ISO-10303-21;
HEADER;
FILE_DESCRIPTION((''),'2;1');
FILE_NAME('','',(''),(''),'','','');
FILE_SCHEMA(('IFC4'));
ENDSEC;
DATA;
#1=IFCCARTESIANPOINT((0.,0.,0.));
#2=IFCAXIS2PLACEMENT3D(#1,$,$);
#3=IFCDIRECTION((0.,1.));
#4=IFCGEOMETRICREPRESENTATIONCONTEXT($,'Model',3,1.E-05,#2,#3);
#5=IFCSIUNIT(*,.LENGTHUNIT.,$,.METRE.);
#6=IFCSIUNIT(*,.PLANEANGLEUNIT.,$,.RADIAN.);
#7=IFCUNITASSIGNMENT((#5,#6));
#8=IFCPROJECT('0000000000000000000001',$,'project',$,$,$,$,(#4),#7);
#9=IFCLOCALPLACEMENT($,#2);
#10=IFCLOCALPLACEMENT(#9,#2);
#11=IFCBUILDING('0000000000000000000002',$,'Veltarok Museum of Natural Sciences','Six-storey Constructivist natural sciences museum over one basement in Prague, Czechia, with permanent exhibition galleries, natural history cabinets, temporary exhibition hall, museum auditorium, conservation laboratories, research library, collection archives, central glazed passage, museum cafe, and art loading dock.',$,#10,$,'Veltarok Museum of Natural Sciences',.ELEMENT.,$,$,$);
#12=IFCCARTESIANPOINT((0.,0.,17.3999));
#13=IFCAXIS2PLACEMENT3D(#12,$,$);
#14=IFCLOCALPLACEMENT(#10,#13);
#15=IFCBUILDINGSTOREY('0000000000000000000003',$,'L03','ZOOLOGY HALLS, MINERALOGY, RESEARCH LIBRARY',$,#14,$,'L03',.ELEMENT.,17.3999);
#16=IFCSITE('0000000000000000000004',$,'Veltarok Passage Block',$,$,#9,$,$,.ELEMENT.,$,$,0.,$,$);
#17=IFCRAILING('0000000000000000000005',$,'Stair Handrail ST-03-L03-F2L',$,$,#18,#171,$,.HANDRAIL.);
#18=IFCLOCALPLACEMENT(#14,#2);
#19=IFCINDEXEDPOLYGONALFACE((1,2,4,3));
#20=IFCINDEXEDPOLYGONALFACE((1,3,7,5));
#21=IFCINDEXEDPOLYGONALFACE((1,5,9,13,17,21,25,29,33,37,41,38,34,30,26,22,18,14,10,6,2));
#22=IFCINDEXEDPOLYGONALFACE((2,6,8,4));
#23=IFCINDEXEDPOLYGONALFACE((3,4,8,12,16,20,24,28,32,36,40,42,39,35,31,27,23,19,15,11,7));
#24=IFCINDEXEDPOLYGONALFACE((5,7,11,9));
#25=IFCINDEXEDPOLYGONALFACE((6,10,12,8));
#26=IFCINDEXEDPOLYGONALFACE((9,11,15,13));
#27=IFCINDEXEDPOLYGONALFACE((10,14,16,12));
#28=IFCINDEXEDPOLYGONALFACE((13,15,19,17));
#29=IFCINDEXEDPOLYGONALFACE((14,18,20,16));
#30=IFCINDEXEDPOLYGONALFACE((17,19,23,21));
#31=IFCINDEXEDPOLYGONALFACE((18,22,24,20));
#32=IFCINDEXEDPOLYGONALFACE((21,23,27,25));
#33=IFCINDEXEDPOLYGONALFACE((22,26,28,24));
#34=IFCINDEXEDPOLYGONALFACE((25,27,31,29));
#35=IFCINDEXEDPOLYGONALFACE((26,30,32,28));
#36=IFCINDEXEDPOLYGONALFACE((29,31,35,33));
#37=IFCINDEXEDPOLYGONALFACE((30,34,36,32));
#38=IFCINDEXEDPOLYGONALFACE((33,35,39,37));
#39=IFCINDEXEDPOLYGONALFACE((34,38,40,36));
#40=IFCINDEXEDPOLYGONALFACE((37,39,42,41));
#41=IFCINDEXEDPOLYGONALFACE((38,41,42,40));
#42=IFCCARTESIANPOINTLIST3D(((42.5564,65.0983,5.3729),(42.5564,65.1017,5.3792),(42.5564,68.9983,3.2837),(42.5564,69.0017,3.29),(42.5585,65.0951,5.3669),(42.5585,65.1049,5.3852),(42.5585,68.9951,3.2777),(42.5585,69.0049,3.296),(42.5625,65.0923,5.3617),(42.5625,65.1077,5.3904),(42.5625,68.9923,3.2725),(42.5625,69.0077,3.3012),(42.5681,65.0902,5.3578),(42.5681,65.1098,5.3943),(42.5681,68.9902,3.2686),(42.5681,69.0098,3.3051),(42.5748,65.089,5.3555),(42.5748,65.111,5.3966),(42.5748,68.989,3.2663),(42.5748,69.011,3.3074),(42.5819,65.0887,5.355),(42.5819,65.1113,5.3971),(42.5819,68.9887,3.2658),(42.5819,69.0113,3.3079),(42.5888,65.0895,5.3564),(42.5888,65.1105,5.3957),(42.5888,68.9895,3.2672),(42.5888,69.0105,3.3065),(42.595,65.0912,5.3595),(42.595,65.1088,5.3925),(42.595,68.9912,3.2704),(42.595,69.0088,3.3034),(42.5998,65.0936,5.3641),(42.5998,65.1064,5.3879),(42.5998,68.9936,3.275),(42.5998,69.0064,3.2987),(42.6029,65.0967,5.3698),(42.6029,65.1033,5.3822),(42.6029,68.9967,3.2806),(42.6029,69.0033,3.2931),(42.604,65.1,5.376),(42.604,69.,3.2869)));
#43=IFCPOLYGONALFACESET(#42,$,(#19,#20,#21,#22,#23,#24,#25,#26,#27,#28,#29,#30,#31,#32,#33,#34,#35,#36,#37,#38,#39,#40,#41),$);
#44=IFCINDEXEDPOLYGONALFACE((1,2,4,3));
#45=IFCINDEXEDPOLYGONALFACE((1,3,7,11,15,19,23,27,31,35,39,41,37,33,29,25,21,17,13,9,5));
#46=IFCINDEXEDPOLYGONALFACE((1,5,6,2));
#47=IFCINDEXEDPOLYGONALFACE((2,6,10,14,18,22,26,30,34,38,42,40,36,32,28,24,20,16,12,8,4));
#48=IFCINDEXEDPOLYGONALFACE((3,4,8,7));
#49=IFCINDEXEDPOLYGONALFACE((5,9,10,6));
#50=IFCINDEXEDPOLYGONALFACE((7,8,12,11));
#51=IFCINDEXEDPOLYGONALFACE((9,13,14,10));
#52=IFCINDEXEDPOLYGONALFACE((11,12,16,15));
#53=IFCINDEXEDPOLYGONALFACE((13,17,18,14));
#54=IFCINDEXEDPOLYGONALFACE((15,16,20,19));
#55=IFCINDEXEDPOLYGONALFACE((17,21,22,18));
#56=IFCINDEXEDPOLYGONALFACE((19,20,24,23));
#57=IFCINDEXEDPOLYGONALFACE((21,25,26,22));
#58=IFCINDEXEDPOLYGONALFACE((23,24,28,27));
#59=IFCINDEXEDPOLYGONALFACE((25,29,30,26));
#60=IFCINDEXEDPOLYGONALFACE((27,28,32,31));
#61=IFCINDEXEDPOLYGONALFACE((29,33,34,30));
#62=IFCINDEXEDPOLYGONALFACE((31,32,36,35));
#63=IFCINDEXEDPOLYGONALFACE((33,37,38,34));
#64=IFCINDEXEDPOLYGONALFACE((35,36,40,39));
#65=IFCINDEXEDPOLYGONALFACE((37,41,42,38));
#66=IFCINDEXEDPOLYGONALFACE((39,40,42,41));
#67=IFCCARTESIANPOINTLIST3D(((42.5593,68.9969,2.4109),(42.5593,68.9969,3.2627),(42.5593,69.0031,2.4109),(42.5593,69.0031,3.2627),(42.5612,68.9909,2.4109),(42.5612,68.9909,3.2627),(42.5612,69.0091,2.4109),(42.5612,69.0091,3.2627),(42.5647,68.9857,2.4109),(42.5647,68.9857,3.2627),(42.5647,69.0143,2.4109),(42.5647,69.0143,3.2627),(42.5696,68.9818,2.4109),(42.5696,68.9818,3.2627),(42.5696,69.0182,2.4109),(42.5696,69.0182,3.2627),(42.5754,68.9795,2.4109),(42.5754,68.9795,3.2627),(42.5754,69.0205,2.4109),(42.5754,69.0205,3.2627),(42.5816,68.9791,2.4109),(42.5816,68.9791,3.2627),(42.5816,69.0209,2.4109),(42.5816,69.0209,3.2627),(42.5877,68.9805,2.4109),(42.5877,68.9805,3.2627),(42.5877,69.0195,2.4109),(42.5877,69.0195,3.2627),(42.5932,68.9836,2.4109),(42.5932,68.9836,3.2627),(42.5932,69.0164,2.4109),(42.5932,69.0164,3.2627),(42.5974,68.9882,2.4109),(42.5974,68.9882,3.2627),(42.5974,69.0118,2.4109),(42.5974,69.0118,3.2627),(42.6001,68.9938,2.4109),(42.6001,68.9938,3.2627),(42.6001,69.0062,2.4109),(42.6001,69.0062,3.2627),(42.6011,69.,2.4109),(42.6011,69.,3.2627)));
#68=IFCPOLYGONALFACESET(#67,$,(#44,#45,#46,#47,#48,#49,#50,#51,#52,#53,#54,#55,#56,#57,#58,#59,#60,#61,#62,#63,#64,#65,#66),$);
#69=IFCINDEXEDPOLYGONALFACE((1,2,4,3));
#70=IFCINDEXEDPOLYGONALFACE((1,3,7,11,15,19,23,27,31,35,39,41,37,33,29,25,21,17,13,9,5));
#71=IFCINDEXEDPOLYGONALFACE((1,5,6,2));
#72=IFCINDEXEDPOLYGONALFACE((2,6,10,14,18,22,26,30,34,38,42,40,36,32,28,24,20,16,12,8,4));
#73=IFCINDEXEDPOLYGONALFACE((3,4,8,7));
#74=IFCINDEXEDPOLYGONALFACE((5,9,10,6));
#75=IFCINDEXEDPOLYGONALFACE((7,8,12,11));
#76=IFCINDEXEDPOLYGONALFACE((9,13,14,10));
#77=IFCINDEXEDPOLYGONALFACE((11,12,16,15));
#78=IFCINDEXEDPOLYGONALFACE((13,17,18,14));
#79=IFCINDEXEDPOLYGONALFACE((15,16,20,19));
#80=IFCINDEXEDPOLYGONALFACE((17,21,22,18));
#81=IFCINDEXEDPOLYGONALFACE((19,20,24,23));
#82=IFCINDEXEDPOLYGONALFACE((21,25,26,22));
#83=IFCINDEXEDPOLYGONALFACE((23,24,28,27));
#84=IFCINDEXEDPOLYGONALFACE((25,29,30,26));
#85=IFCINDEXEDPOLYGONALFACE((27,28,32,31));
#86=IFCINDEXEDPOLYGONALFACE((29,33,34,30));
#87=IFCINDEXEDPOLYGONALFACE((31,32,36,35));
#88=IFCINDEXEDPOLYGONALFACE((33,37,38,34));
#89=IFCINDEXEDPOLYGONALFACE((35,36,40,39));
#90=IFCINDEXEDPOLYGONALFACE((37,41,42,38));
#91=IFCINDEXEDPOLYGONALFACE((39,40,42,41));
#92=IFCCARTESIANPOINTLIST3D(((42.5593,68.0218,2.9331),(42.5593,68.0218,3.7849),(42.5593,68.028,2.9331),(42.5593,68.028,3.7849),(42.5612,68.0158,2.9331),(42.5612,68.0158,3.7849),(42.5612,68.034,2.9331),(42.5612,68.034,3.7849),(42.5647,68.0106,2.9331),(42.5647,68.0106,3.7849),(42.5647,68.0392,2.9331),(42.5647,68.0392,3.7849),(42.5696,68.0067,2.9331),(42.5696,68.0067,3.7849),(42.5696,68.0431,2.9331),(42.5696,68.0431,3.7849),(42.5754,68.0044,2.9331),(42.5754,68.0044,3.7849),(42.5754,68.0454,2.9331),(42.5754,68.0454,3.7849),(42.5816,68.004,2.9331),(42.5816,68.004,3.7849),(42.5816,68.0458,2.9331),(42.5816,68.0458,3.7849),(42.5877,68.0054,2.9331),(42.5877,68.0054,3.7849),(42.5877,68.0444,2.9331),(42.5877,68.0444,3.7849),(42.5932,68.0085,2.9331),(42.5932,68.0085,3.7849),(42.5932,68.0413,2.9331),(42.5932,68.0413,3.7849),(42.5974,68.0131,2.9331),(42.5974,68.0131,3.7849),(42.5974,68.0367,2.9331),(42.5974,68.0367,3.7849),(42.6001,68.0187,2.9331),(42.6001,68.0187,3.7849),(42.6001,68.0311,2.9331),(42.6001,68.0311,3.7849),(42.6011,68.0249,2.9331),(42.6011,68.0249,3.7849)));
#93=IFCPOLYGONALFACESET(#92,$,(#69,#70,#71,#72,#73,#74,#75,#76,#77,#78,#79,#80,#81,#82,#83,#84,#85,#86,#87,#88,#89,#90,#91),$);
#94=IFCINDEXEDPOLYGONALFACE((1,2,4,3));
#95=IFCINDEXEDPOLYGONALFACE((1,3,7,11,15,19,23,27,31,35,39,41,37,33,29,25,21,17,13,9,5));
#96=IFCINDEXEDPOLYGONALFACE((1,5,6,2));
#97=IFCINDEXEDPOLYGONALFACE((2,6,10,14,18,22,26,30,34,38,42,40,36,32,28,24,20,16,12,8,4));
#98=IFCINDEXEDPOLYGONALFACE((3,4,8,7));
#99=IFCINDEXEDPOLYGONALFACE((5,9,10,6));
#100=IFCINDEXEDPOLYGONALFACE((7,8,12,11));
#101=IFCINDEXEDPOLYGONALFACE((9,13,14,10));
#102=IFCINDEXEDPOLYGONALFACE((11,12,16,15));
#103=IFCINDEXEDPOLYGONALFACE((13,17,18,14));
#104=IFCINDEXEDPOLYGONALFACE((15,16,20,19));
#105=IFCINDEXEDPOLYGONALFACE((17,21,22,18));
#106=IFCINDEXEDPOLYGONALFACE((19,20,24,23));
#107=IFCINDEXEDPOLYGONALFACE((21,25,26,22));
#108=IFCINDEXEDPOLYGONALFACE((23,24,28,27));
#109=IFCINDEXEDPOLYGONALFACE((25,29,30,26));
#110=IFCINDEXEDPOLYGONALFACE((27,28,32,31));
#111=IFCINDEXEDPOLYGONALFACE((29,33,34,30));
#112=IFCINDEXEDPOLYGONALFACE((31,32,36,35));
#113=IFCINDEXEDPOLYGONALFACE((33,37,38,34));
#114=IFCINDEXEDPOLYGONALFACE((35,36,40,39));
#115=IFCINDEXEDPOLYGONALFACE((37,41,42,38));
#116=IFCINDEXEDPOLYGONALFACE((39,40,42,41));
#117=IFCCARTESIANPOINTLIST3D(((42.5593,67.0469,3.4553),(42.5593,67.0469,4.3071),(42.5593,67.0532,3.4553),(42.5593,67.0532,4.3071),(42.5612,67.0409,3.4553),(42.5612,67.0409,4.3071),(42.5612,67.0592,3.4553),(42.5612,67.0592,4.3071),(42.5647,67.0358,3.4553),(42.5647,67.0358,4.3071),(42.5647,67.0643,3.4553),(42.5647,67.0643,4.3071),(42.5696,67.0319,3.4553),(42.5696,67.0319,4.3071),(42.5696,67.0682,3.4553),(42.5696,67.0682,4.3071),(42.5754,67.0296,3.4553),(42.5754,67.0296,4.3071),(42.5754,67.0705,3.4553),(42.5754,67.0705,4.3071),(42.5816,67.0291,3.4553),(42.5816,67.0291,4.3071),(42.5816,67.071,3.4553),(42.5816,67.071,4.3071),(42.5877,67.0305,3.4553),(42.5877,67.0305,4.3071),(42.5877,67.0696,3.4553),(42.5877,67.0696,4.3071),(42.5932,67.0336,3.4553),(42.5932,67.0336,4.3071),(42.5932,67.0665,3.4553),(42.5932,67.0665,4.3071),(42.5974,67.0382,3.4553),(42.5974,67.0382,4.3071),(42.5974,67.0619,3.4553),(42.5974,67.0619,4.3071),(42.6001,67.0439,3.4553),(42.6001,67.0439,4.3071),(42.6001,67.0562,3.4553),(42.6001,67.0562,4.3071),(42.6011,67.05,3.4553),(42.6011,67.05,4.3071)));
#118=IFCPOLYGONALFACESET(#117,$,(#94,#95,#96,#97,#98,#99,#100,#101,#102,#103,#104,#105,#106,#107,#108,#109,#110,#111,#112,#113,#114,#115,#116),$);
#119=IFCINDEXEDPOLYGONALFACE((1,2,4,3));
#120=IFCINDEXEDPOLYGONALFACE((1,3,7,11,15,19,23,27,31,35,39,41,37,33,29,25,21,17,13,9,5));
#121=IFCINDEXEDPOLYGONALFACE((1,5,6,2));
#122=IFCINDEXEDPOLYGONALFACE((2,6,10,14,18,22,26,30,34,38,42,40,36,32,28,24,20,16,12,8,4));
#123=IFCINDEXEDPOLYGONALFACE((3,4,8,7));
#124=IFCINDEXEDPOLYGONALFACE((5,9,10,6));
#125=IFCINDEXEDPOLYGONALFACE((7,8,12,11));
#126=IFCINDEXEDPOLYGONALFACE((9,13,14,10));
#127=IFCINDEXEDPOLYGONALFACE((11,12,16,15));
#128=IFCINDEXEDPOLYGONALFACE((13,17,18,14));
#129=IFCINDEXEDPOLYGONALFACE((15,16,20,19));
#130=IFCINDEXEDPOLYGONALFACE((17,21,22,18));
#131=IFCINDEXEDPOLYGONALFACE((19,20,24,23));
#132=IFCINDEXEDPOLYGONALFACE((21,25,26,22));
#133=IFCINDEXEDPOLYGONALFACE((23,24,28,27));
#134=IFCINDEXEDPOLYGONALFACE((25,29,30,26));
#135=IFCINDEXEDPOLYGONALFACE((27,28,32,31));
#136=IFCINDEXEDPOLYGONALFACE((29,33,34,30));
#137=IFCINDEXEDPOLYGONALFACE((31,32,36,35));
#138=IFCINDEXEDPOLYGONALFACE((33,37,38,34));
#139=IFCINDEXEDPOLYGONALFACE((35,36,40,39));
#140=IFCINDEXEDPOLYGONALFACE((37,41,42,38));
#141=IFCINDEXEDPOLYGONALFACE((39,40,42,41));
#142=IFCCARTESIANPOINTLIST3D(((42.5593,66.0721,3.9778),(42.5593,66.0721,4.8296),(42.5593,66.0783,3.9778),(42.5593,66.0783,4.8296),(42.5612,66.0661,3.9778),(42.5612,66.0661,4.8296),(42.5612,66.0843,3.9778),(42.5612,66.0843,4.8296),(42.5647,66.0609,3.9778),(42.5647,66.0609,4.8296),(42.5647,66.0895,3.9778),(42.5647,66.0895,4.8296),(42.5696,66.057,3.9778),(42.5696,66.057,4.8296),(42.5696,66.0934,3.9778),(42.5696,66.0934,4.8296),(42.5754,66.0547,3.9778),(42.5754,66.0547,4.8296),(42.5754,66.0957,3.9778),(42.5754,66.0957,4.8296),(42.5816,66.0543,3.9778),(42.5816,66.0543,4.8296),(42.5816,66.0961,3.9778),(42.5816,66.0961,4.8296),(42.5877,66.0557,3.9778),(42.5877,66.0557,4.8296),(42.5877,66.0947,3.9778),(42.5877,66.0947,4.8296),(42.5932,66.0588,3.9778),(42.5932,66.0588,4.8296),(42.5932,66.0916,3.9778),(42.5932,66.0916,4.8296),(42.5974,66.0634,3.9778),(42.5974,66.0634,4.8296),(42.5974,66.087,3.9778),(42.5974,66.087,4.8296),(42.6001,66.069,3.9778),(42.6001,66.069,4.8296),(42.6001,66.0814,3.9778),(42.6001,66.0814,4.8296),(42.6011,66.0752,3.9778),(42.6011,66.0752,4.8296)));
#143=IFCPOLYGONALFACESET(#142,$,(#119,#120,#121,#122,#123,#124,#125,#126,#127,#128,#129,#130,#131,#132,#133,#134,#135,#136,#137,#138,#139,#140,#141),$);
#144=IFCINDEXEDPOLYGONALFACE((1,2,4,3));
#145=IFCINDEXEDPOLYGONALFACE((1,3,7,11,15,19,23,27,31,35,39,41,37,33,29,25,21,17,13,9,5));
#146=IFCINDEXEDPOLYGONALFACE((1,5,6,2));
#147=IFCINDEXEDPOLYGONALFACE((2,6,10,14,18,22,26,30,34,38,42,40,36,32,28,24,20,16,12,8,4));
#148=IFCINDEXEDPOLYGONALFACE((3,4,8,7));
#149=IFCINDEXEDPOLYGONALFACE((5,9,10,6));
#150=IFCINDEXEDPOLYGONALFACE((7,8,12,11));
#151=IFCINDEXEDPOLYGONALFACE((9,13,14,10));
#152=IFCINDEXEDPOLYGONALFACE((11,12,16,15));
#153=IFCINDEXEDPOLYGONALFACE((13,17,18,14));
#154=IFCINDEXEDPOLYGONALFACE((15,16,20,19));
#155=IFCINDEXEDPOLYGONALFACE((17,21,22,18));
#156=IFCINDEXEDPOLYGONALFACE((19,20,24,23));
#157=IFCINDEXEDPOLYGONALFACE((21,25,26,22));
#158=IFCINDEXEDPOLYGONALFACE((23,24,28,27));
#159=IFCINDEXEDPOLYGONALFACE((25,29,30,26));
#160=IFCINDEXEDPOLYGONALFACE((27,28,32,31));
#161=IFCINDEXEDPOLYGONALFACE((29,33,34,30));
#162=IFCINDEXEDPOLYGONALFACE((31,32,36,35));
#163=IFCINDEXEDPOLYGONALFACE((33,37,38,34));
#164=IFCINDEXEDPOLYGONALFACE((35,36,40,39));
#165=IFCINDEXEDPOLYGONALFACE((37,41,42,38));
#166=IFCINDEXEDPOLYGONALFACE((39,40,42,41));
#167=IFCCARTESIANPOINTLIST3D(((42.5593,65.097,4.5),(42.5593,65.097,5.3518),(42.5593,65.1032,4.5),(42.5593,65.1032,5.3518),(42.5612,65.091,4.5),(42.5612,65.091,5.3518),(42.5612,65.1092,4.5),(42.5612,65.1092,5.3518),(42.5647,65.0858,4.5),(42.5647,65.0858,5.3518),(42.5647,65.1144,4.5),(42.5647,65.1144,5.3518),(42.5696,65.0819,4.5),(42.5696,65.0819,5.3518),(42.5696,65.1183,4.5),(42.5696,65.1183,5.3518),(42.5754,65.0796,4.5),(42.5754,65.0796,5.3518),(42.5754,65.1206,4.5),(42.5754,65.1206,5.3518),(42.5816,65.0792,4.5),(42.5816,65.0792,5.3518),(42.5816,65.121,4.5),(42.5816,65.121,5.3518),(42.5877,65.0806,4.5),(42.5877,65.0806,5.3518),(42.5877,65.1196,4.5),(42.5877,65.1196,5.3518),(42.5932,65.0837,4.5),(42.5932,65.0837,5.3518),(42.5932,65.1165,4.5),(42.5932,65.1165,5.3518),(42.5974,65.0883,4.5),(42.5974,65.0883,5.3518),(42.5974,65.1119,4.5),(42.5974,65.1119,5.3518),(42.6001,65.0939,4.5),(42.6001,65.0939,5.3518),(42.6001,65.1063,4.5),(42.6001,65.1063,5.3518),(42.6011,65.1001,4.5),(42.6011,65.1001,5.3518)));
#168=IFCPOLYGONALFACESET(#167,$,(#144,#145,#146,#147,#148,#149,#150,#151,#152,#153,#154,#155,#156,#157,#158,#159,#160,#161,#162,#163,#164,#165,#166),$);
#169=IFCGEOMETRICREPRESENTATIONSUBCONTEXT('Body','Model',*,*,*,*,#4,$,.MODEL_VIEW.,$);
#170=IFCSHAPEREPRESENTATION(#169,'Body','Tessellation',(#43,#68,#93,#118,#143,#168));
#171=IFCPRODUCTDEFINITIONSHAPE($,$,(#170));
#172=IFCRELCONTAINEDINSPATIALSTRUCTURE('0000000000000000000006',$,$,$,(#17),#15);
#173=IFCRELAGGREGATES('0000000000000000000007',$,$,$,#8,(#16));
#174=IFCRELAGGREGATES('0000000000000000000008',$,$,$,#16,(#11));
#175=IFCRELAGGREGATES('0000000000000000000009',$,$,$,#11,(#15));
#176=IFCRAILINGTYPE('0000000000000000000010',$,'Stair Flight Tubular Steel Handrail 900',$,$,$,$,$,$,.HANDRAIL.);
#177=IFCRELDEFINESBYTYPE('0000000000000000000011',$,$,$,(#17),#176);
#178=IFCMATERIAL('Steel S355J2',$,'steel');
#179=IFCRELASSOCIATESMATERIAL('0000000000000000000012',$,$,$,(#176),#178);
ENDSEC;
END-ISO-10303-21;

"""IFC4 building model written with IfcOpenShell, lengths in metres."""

from ifc_helpers import new_model, si_unit, direction, frame, origin, origin_2d, place, context, subcontext, project, spatial, circle, extrude, material, type_object, element, save


model = new_model("IFC4")

# Units and contexts
model_context = context("Model", 3, precision=1e-05, world=origin(), true_north=direction((0.0, 1.0)))
body_context = subcontext(model_context, "Body", "Model", "MODEL_VIEW")
ifc_project = project(units=[si_unit("LENGTHUNIT", "METRE"), si_unit("PLANEANGLEUNIT", "RADIAN")], contexts=[model_context])

# Site, building, storey
site_placement = place(None, origin())
site = spatial("IfcSite", under=ifc_project, at=site_placement, Name="Veltarok Passage Block", CompositionType="ELEMENT", RefElevation=0.0)
building_placement = place(site_placement, origin())
building = spatial("IfcBuilding", under=site, at=building_placement, Name="Veltarok Museum of Natural Sciences", Description="Six-storey Constructivist natural sciences museum over one basement in Prague, Czechia, with permanent exhibition galleries, natural history cabinets, temporary exhibition hall, museum auditorium, conservation laboratories, research library, collection archives, central glazed passage, museum cafe, and art loading dock.", LongName="Veltarok Museum of Natural Sciences", CompositionType="ELEMENT")
storey_placement = place(building_placement, frame((0.0, 0.0, 17.3999)))
storey = spatial("IfcBuildingStorey", under=building, at=storey_placement, Name="L03", Description="ZOOLOGY HALLS, MINERALOGY, RESEARCH LIBRARY", LongName="L03", CompositionType="ELEMENT", Elevation=17.3999)

# Shared definitions
ifc_material_1 = material(Name="Steel S355J2", Category="steel")

# Railing
railing_type_1 = type_object("IfcRailingType", Name="Stair Flight Tubular Steel Handrail 900", PredefinedType="HANDRAIL", material=ifc_material_1)
for number, where, name in (
    (1, (42.5801, 69.0, 2.4109), "Stair Handrail ST-03-L03-F2L"),
):
    element("IfcRailing", number, at=place(storey_placement, frame(where)), inside=storey, type_object=railing_type_1, Name=name, PredefinedType="HANDRAIL", context=body_context, shape_type="SweptSolid", body=[
        extrude(circle(Radius=0.0239, at=origin_2d()), frame((0.0, 0.0, 0.876), z_axis=(0.0, -0.881491, 0.4722), x_axis=(1.0, 0.0, 0.0)), (0.0, 0.0, 1.0), 4.4243),
        extrude(circle(Radius=0.021, at=origin_2d()), origin(), (0.0, 0.0, 1.0), 0.8518),
        extrude(circle(Radius=0.021, at=origin_2d()), frame((0.0, -0.9751, 0.5222)), (0.0, 0.0, 1.0), 0.8518),
        extrude(circle(Radius=0.021, at=origin_2d()), frame((0.0, -1.95, 1.0444)), (0.0, 0.0, 1.0), 0.8518),
        extrude(circle(Radius=0.021, at=origin_2d()), frame((0.0, -2.9248, 1.5669)), (0.0, 0.0, 1.0), 0.8518),
        extrude(circle(Radius=0.021, at=origin_2d()), frame((0.0, -3.8999, 2.0891)), (0.0, 0.0, 1.0), 0.8518),
    ])

save(model, "model.ifc")
